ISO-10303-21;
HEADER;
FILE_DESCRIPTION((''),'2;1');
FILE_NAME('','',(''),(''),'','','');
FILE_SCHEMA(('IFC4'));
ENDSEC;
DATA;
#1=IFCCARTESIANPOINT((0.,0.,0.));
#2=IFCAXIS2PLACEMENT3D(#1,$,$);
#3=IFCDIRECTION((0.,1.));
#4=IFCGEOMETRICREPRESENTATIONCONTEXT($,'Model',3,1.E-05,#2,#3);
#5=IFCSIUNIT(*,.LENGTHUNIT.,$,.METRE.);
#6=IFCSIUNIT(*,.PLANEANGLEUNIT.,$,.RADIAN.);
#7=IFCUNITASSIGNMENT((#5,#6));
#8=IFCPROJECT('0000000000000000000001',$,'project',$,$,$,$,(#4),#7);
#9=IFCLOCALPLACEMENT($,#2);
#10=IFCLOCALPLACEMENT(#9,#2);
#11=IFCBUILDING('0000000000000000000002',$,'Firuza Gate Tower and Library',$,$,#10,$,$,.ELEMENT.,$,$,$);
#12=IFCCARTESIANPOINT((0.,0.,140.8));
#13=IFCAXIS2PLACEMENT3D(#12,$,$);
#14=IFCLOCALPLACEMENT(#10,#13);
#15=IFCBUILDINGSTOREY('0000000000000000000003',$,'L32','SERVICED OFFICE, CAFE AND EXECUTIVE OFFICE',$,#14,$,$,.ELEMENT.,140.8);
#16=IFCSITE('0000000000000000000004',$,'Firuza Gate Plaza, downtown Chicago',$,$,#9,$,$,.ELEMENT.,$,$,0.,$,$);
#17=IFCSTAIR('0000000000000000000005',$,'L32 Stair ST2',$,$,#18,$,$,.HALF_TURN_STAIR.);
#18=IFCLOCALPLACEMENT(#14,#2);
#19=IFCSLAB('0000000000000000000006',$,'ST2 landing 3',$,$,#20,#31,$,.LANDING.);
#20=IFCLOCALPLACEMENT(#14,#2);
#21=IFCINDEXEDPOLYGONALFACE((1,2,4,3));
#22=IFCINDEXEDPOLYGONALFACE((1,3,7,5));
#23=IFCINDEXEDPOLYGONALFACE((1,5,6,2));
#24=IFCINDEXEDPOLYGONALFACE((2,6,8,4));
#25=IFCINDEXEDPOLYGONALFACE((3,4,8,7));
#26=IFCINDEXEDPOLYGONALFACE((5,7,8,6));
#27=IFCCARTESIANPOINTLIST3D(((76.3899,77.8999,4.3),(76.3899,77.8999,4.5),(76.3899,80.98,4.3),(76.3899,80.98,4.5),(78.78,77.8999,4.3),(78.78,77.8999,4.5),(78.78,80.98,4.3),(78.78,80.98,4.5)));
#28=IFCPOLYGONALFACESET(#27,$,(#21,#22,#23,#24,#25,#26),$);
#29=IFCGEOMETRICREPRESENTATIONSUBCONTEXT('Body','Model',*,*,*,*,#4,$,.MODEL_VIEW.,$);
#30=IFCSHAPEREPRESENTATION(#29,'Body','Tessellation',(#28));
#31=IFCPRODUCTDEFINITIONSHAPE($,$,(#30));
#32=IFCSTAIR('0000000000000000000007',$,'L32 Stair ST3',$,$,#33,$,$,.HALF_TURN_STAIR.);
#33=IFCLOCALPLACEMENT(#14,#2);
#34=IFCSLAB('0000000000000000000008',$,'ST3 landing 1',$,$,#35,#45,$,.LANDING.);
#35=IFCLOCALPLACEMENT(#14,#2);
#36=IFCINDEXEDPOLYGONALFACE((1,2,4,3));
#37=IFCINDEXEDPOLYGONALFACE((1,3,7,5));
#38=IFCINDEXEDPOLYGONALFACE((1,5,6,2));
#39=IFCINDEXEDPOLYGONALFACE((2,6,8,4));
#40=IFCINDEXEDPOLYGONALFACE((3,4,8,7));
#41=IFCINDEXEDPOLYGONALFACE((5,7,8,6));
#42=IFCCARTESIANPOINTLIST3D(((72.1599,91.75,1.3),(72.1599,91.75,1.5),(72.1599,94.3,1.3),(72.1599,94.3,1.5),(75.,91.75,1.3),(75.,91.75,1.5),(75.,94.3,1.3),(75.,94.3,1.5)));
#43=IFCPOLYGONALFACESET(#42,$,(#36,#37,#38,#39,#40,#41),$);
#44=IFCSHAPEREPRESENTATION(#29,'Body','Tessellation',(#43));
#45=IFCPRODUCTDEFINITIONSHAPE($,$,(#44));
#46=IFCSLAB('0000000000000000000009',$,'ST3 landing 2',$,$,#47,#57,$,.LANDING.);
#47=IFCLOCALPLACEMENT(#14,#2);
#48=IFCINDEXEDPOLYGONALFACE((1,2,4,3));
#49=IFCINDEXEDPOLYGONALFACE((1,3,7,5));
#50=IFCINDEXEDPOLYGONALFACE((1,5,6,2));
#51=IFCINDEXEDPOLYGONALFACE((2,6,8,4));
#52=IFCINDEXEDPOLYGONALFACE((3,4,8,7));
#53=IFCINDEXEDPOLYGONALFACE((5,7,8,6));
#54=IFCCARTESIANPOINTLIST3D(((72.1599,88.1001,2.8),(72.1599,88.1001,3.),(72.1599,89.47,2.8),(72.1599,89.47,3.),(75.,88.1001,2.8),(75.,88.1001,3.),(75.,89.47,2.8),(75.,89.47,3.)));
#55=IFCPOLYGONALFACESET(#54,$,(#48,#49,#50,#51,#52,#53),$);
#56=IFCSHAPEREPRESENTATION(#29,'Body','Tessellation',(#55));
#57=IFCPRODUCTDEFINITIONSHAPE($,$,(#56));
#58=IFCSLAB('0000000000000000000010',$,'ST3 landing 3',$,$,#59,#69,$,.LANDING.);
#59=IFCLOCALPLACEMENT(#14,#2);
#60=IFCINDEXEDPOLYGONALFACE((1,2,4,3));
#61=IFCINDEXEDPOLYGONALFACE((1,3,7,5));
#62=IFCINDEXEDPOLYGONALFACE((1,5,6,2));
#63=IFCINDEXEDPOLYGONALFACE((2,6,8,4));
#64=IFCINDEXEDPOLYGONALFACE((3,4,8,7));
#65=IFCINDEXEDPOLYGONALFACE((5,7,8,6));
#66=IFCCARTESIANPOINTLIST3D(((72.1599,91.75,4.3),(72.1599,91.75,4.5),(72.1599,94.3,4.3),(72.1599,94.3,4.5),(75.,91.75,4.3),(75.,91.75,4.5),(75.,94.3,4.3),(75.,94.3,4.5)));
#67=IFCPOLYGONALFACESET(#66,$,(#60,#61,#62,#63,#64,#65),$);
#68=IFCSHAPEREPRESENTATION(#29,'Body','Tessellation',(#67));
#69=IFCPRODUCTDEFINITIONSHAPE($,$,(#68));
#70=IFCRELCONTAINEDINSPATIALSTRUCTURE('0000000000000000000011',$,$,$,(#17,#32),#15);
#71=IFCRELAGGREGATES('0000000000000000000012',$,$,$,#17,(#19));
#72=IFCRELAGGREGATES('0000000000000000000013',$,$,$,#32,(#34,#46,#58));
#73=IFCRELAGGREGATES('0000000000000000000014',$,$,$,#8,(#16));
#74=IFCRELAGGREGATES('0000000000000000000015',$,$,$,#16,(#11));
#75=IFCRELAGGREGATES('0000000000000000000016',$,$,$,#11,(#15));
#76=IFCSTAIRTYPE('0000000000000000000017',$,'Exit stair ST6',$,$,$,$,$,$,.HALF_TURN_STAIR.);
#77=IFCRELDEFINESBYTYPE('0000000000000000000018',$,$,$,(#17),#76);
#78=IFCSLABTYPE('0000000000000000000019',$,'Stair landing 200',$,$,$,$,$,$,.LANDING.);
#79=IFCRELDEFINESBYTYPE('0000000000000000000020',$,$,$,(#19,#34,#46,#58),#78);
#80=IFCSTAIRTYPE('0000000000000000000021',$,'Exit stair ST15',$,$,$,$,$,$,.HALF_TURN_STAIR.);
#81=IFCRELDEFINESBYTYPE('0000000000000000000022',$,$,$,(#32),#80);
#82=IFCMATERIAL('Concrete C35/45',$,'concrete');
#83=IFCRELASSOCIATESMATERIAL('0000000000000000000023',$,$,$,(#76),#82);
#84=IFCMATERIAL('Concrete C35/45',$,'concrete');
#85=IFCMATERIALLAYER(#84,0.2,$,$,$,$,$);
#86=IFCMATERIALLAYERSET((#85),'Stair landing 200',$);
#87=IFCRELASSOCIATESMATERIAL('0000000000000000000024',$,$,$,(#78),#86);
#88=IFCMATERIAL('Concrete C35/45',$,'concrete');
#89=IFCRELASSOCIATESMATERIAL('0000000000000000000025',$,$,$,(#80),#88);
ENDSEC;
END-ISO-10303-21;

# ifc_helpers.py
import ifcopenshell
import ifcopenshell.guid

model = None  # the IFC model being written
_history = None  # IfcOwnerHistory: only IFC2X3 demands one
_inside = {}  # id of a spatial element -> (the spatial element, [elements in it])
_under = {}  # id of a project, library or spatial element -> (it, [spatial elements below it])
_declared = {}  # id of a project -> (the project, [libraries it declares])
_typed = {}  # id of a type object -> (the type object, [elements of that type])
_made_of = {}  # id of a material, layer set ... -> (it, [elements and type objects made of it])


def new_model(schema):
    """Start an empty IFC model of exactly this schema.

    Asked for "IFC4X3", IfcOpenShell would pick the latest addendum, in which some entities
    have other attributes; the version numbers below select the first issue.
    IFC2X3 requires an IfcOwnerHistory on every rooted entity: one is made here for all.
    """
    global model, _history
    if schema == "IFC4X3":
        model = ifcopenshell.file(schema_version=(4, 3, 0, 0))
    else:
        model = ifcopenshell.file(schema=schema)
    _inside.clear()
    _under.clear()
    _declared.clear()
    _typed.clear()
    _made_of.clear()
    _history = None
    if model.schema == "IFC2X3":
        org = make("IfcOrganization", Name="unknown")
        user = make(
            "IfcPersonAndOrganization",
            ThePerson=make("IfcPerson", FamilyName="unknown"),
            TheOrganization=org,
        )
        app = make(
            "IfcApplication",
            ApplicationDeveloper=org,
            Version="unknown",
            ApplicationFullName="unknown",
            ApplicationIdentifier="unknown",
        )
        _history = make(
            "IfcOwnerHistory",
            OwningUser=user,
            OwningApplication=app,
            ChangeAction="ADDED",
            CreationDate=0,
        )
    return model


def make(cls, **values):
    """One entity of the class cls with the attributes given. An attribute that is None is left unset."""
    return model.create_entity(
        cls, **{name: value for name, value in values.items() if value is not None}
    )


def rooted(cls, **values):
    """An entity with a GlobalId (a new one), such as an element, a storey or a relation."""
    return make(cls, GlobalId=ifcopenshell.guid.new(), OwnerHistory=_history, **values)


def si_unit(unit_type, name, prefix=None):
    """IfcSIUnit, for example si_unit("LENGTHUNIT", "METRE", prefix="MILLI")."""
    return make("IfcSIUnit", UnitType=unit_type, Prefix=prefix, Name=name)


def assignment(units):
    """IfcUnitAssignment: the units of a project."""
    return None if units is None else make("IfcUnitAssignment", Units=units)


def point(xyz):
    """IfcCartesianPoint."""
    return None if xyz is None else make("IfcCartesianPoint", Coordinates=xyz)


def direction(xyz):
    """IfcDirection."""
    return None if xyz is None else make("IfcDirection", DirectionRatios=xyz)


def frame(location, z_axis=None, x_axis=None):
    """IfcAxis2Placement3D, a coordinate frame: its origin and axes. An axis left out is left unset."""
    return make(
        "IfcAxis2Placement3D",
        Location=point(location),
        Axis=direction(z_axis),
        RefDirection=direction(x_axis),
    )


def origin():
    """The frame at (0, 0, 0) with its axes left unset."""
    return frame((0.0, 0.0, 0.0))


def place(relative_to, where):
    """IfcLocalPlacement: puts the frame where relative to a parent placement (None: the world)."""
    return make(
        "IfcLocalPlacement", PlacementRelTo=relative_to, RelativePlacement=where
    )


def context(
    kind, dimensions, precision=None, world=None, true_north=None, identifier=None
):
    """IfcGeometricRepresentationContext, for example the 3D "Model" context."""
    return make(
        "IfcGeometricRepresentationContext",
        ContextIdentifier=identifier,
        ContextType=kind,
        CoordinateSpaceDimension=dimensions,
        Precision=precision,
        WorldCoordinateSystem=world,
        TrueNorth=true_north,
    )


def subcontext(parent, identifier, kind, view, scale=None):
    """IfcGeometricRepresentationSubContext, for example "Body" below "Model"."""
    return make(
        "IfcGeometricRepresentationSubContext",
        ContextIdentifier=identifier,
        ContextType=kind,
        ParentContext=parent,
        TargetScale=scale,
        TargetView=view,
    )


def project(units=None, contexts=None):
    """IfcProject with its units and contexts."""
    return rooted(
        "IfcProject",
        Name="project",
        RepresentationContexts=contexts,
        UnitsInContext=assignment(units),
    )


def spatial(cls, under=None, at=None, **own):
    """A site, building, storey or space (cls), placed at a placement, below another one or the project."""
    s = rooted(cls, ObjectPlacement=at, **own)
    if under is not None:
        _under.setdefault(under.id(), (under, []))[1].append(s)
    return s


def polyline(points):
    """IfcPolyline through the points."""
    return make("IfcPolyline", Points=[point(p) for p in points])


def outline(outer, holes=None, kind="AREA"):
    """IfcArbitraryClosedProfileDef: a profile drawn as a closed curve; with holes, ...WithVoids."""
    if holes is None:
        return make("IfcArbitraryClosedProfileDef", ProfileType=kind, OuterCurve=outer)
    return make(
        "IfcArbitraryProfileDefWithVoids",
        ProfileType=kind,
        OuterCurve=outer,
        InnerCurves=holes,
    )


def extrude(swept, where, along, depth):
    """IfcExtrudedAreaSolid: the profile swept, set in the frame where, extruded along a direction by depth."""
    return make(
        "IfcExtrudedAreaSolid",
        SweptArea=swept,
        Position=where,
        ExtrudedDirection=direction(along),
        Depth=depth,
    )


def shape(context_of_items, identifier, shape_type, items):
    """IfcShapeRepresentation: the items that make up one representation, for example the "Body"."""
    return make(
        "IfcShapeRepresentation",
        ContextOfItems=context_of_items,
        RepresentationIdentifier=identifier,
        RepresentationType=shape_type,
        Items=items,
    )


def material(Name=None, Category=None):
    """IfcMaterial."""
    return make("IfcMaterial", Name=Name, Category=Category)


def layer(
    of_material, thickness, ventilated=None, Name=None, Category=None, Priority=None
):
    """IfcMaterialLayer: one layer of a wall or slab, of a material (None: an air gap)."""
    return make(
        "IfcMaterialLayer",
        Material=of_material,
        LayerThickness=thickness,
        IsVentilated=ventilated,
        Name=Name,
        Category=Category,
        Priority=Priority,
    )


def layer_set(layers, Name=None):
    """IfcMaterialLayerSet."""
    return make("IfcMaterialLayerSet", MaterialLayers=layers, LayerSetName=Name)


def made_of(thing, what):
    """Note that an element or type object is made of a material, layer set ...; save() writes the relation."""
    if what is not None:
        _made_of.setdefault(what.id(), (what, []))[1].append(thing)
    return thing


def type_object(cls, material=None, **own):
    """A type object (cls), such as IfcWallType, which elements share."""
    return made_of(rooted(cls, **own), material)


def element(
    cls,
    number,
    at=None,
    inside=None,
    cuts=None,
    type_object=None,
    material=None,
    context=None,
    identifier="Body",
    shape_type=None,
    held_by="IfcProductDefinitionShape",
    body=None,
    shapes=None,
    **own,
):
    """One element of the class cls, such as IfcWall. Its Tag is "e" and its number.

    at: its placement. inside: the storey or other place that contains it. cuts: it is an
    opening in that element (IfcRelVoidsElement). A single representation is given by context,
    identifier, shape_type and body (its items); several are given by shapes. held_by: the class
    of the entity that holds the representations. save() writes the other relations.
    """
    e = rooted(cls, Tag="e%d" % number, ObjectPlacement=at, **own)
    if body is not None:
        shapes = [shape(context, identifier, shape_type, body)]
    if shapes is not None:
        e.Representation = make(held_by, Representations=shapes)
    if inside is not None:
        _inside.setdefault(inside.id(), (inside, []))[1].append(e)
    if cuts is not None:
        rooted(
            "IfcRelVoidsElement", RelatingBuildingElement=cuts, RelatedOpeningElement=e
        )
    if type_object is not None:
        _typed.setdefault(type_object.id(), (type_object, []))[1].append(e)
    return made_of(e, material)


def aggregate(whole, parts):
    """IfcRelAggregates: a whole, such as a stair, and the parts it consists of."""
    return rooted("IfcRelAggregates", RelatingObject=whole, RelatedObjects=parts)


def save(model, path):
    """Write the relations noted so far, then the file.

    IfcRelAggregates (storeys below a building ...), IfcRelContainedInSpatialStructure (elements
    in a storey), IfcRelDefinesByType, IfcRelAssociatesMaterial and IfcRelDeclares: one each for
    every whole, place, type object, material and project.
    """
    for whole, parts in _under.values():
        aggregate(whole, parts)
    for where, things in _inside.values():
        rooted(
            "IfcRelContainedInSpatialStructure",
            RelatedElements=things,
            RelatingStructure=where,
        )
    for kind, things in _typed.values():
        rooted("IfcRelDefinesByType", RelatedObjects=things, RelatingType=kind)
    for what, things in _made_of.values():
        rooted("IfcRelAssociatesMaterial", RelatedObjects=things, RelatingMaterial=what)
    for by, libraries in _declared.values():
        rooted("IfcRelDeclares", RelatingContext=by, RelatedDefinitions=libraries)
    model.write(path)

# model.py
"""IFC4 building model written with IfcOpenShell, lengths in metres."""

from ifc_helpers import new_model, si_unit, direction, frame, origin, place, context, subcontext, project, spatial, polyline, outline, extrude, material, layer, layer_set, type_object, element, aggregate, save


model = new_model("IFC4")

# Units and contexts
model_context = context("Model", 3, precision=1e-05, world=origin(), true_north=direction((0.0, 1.0)))
body_context = subcontext(model_context, "Body", "Model", "MODEL_VIEW")
ifc_project = project(units=[si_unit("LENGTHUNIT", "METRE"), si_unit("PLANEANGLEUNIT", "RADIAN")], contexts=[model_context])

# Site, building, storey
site_placement = place(None, origin())
site = spatial("IfcSite", under=ifc_project, at=site_placement, Name="Firuza Gate Plaza, downtown Chicago", CompositionType="ELEMENT", RefElevation=0.0)
building_placement = place(site_placement, origin())
building = spatial("IfcBuilding", under=site, at=building_placement, Name="Firuza Gate Tower and Library", CompositionType="ELEMENT")
storey_placement = place(building_placement, frame((0.0, 0.0, 140.8)))
storey = spatial("IfcBuildingStorey", under=building, at=storey_placement, Name="L32", Description="SERVICED OFFICE, CAFE AND EXECUTIVE OFFICE", CompositionType="ELEMENT", Elevation=140.8)

# Shared definitions
placement_1 = place(storey_placement, origin())

# Stairs, slabs
ifc_material_1 = material(Name="Concrete C35/45", Category="concrete")
stair_type_1 = type_object("IfcStairType", Name="Exit stair ST6", PredefinedType="HALF_TURN_STAIR", material=ifc_material_1)
ifc_material_2 = material(Name="Concrete C35/45", Category="concrete")
ifc_layer_1 = layer(ifc_material_2, 0.2)
ifc_layer_set_1 = layer_set([ifc_layer_1], Name="Stair landing 200")
slab_type_1 = type_object("IfcSlabType", Name="Stair landing 200", PredefinedType="LANDING", material=ifc_layer_set_1)
placement_2 = place(storey_placement, frame((0.0, 0.0, 1.3)))
placement_3 = place(storey_placement, frame((0.0, 0.0, 2.8)))
placement_4 = place(storey_placement, frame((0.0, 0.0, 4.3)))
stair_1 = element("IfcStair", 1, at=placement_1, inside=storey, type_object=stair_type_1, Name="L32 Stair ST2", PredefinedType="HALF_TURN_STAIR")
slab_1 = element("IfcSlab", 2, at=placement_4, type_object=slab_type_1, Name="ST2 landing 3", PredefinedType="LANDING", context=body_context, shape_type="SweptSolid", body=[
    extrude(outline(polyline([(78.78, 80.98), (76.3899, 80.98), (76.3899, 77.8999), (78.78, 77.8999), (78.78, 80.98)])), origin(), (0.0, 0.0, 1.0), 0.2),
])
aggregate(stair_1, [slab_1])
ifc_material_3 = material(Name="Concrete C35/45", Category="concrete")
stair_type_2 = type_object("IfcStairType", Name="Exit stair ST15", PredefinedType="HALF_TURN_STAIR", material=ifc_material_3)
stair_2 = element("IfcStair", 3, at=placement_1, inside=storey, type_object=stair_type_2, Name="L32 Stair ST3", PredefinedType="HALF_TURN_STAIR")
slab_2 = element("IfcSlab", 4, at=placement_2, type_object=slab_type_1, Name="ST3 landing 1", PredefinedType="LANDING", context=body_context, shape_type="SweptSolid", body=[
    extrude(outline(polyline([(75.0, 91.75), (75.0, 94.3), (72.1599, 94.3), (72.1599, 91.75), (75.0, 91.75)])), origin(), (0.0, 0.0, 1.0), 0.2),
])
slab_3 = element("IfcSlab", 5, at=placement_3, type_object=slab_type_1, Name="ST3 landing 2", PredefinedType="LANDING", context=body_context, shape_type="SweptSolid", body=[
    extrude(outline(polyline([(75.0, 88.1001), (75.0, 89.47), (72.1599, 89.47), (72.1599, 88.1001), (75.0, 88.1001)])), origin(), (0.0, 0.0, 1.0), 0.2),
])
slab_4 = element("IfcSlab", 6, at=placement_4, type_object=slab_type_1, Name="ST3 landing 3", PredefinedType="LANDING", context=body_context, shape_type="SweptSolid", body=[
    extrude(outline(polyline([(75.0, 91.75), (75.0, 94.3), (72.1599, 94.3), (72.1599, 91.75), (75.0, 91.75)])), origin(), (0.0, 0.0, 1.0), 0.2),
])
aggregate(stair_2, [slab_2, slab_3, slab_4])

save(model, "model.ifc")
